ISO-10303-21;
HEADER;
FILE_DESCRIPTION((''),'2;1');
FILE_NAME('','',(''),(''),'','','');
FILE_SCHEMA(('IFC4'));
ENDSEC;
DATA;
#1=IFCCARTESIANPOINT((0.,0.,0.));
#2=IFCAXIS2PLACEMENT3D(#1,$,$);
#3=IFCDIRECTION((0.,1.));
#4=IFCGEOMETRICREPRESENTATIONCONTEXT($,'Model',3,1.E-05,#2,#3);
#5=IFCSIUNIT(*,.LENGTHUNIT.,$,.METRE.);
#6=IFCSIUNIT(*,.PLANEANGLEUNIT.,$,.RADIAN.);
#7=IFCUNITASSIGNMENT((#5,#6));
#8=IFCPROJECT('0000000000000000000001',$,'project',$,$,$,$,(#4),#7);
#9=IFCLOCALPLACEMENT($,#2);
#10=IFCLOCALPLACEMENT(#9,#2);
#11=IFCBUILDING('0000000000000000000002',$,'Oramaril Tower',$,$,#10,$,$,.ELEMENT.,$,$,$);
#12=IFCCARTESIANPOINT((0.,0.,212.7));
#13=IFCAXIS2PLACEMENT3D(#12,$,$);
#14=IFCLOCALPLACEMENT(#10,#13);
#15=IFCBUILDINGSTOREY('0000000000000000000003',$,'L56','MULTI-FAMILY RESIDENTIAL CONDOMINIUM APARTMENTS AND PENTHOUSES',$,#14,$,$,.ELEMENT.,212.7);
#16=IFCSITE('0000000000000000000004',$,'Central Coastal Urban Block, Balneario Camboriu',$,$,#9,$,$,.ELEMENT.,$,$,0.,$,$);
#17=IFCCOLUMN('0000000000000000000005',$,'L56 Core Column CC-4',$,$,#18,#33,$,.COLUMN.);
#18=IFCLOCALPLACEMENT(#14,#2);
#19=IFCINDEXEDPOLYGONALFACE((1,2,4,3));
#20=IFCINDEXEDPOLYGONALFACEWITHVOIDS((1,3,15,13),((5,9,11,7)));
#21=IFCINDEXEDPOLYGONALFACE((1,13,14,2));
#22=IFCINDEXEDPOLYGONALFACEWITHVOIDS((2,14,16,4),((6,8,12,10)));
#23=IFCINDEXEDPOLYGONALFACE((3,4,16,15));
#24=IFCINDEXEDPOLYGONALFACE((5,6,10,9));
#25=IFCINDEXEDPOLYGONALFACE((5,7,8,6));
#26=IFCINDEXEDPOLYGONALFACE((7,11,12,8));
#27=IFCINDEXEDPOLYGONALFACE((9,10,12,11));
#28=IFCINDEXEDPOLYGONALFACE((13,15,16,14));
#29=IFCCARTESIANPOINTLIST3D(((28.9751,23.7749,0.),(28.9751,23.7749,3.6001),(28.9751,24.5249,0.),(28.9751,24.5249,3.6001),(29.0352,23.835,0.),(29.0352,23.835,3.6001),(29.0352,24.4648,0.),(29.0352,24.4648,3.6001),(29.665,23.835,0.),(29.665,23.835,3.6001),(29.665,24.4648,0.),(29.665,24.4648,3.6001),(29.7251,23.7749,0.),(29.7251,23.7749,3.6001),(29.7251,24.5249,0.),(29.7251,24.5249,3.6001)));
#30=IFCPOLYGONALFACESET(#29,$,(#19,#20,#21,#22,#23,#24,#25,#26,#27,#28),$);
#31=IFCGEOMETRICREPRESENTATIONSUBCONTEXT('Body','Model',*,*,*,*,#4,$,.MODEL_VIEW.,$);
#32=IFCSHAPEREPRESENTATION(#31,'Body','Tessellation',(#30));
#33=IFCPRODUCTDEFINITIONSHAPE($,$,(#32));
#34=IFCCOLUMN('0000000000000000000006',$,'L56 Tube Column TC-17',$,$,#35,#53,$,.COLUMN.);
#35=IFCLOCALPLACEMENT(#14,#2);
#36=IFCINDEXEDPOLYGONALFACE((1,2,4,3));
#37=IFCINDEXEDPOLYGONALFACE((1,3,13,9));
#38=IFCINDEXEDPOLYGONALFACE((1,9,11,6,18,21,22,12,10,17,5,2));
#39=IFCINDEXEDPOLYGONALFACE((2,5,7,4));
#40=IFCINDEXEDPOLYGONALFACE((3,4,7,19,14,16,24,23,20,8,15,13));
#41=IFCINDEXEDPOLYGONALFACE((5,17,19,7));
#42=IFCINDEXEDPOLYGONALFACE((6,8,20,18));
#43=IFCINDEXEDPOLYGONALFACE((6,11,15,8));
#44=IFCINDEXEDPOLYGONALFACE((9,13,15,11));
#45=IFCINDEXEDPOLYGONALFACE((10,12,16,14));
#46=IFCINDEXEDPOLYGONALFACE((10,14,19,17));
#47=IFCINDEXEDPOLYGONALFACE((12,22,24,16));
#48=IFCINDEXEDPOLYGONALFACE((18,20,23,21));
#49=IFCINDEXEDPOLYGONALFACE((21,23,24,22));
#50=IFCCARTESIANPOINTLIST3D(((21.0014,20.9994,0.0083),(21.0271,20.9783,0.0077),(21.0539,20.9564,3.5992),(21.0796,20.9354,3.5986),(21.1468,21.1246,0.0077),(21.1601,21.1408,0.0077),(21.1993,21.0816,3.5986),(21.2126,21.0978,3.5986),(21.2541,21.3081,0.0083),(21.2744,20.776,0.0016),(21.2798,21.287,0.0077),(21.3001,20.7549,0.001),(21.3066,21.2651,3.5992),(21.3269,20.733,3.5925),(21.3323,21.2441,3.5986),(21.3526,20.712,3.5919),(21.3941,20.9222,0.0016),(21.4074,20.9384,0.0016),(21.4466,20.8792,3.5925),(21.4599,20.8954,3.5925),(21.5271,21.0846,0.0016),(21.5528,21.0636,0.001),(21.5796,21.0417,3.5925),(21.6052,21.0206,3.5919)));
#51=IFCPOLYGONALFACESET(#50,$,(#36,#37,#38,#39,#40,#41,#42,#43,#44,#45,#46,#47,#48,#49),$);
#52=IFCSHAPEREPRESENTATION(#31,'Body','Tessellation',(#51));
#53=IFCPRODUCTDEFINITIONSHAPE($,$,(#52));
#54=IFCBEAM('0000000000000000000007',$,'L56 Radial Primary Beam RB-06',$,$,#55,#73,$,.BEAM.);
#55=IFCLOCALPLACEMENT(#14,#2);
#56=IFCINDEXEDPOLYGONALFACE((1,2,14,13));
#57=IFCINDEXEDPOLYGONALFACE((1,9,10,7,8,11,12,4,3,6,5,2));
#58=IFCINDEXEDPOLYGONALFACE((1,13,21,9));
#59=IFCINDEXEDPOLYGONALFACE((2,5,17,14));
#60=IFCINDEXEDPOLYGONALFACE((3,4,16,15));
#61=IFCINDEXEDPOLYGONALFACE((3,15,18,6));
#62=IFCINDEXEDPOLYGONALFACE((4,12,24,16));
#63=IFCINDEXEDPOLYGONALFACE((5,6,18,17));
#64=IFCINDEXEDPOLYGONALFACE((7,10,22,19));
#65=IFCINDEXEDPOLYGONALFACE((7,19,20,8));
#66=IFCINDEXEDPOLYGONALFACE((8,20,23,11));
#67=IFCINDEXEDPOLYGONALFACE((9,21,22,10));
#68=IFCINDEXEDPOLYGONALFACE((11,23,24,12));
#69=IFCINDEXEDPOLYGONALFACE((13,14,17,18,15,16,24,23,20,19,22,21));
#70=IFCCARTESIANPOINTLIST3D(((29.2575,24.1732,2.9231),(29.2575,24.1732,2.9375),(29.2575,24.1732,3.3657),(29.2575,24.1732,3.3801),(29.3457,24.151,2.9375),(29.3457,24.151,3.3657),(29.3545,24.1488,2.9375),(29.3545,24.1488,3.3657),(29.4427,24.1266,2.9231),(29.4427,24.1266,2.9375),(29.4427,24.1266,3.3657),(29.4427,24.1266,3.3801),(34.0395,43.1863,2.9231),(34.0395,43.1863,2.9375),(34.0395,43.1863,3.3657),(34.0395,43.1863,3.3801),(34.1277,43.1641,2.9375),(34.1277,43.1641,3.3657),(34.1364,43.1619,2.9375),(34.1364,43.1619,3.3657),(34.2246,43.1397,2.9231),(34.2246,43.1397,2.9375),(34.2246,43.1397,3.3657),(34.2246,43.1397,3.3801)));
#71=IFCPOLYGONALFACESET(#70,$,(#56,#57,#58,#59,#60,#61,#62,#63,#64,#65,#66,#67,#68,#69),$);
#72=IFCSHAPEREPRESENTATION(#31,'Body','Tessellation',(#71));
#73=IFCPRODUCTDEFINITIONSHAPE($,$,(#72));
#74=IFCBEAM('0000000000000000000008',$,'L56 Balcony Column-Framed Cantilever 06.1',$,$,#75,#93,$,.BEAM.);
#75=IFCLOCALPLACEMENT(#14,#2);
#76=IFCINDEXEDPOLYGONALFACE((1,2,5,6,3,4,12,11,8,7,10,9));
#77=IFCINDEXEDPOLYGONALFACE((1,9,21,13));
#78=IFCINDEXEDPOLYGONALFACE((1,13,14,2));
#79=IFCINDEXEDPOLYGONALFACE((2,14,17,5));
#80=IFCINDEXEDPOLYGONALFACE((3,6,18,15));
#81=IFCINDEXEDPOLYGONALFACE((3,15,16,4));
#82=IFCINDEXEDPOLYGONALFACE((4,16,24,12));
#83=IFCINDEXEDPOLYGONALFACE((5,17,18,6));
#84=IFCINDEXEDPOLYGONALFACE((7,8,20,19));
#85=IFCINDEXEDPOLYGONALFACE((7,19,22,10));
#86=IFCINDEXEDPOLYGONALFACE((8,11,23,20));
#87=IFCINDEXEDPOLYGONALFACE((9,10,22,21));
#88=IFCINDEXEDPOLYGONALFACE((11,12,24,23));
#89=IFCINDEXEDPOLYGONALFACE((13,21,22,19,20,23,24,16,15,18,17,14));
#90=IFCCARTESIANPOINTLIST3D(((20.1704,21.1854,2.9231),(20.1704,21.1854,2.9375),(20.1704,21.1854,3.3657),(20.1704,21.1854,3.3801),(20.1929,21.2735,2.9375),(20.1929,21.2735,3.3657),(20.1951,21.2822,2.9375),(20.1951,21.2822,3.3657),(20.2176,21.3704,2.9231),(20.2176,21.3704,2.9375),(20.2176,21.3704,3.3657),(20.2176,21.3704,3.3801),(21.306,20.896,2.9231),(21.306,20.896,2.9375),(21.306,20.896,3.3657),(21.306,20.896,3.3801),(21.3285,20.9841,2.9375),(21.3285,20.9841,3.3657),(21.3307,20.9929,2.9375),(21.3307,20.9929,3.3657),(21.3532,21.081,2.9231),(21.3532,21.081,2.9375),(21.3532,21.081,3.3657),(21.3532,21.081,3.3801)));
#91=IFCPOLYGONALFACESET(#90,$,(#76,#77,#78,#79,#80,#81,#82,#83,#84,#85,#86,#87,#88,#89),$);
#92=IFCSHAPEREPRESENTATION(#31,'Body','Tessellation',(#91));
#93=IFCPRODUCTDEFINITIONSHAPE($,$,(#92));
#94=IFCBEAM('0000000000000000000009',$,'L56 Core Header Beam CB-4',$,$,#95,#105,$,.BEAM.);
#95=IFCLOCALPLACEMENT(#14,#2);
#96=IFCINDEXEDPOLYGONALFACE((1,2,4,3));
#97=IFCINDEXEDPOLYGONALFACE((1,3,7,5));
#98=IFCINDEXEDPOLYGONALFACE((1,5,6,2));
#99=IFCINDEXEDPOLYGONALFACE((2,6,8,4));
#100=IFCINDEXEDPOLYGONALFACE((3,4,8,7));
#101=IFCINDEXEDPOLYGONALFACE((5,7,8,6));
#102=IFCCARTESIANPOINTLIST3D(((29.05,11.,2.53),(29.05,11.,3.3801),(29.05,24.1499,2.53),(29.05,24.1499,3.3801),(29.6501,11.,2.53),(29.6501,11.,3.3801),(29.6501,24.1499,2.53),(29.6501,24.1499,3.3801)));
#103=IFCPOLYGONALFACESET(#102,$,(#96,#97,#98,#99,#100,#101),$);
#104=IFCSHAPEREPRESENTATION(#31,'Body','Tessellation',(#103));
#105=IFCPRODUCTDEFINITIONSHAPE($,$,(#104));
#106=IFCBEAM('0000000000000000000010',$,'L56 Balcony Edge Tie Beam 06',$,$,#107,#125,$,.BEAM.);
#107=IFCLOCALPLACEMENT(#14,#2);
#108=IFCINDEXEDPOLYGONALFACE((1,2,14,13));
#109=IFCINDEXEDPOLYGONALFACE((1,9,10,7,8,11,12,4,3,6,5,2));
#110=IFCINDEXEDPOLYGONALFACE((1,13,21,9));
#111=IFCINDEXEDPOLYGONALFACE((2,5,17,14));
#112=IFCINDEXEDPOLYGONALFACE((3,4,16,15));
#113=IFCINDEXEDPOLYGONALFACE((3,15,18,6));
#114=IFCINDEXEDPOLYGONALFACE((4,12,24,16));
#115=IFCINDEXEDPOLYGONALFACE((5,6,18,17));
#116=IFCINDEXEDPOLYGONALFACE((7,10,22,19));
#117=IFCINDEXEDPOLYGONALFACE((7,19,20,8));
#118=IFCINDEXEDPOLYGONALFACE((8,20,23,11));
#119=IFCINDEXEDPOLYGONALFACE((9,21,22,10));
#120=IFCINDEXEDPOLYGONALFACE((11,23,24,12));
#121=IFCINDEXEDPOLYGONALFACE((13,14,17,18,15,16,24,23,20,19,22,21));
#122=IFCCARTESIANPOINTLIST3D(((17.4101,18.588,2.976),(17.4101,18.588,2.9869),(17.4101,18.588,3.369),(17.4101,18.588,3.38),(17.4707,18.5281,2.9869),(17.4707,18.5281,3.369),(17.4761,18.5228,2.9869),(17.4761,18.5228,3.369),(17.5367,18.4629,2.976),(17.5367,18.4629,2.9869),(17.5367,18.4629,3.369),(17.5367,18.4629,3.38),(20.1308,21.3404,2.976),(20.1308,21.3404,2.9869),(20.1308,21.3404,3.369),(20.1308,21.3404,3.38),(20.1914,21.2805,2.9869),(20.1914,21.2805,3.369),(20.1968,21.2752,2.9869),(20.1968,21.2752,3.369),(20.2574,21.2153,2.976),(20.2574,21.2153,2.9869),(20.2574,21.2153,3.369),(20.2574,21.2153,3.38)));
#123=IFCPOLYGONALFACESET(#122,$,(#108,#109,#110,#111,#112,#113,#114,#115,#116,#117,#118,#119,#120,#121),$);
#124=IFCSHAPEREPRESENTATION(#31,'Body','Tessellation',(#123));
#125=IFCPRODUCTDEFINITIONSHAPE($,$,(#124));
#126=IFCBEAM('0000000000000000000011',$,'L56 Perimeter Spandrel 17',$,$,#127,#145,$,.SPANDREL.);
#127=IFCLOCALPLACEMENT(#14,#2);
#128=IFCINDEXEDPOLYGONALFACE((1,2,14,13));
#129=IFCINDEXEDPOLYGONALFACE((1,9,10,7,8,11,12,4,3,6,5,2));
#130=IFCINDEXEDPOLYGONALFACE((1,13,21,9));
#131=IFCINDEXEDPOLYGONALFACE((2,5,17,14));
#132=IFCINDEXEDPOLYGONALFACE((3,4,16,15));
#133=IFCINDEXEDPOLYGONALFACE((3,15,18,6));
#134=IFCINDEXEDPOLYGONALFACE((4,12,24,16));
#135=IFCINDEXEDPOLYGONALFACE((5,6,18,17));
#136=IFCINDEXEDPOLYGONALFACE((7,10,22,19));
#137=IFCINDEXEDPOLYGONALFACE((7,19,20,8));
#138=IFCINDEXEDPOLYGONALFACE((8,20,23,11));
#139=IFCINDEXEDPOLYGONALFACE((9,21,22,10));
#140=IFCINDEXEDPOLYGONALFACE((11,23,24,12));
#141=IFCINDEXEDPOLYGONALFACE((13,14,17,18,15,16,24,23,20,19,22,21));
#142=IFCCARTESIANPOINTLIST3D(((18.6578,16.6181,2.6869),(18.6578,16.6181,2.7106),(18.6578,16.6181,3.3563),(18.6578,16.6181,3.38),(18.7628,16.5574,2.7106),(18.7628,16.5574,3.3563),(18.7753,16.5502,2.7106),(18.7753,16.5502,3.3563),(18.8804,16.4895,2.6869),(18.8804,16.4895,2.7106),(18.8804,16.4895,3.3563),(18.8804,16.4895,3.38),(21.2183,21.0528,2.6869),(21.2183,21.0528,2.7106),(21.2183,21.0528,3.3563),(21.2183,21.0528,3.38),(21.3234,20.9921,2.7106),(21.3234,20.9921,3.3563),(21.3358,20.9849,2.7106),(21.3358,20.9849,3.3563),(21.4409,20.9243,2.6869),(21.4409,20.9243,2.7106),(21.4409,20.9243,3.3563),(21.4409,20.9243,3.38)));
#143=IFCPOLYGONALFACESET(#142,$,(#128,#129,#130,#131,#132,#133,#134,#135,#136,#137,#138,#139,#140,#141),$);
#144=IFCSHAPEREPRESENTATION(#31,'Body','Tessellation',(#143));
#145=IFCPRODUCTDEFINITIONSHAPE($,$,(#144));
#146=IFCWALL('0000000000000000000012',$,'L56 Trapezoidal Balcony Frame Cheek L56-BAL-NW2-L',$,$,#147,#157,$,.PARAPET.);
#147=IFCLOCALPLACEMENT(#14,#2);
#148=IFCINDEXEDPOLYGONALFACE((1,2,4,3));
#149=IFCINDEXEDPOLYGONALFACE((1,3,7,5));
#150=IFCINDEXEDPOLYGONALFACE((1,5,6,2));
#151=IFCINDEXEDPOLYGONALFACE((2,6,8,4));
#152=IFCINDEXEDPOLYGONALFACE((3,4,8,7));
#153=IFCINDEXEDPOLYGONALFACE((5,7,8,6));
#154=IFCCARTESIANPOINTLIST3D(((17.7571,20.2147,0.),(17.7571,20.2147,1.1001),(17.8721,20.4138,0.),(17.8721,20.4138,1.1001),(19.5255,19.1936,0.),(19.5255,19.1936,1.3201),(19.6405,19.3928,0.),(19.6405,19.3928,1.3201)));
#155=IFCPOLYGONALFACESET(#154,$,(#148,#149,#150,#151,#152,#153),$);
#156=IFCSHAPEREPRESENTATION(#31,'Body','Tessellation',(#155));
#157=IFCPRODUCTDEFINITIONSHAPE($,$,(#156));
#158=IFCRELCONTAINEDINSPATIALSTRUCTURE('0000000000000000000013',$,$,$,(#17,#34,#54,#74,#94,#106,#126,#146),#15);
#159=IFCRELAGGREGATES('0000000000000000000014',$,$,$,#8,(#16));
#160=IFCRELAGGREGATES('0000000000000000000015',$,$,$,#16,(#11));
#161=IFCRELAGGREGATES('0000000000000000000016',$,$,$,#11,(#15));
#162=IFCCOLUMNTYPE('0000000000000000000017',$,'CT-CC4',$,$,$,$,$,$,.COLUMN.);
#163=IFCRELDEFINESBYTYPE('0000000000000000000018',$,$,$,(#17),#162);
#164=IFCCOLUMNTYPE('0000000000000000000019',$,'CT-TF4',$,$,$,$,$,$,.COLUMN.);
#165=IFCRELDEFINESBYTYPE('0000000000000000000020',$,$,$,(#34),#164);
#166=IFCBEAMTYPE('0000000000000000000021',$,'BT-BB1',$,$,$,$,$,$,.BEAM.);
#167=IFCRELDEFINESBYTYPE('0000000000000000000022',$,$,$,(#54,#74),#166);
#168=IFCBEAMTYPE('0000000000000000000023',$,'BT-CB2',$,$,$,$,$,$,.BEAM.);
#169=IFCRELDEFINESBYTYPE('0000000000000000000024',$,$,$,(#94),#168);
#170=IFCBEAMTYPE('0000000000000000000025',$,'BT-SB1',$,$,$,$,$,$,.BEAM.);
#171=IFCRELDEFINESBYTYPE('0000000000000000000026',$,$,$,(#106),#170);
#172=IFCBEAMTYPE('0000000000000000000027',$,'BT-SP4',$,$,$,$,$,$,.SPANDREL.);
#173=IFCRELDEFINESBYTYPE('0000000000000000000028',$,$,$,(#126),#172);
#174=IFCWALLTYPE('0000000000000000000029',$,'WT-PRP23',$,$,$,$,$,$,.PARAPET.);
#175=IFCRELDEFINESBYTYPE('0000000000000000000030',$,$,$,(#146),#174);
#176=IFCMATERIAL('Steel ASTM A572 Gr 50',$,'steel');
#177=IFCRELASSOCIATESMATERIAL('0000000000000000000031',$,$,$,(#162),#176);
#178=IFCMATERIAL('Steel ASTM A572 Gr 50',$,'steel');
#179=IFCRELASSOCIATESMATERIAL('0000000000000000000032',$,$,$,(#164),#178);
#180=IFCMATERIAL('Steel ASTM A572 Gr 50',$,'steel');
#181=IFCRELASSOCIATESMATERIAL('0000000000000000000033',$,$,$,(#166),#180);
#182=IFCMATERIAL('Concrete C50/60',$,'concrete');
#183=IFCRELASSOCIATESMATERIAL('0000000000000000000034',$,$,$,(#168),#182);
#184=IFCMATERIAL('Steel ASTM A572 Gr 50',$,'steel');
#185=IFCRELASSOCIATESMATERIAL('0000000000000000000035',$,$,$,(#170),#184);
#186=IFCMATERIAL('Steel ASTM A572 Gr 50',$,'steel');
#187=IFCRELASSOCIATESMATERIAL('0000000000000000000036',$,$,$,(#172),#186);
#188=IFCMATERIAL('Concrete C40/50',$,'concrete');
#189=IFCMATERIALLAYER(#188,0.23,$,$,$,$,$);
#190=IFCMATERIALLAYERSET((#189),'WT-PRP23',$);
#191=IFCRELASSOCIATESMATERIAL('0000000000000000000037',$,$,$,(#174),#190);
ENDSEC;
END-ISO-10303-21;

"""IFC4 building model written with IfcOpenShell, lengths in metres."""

from ifc_helpers import new_model, si_unit, direction, frame, origin, origin_2d, place, context, subcontext, project, spatial, polyline, rectangle, hollow_rectangle, i_section, outline, extrude, material, layer, layer_set, material_profile, profile_set, type_object, element, save


model = new_model("IFC4")

# Units and contexts
model_context = context("Model", 3, precision=1e-05, world=origin(), true_north=direction((0.0, 1.0)))
body_context = subcontext(model_context, "Body", "Model", "MODEL_VIEW")
ifc_project = project(units=[si_unit("LENGTHUNIT", "METRE"), si_unit("PLANEANGLEUNIT", "RADIAN")], contexts=[model_context])

# Site, building, storey
site_placement = place(None, origin())
site = spatial("IfcSite", under=ifc_project, at=site_placement, Name="Central Coastal Urban Block, Balneario Camboriu", CompositionType="ELEMENT", RefElevation=0.0)
building_placement = place(site_placement, origin())
building = spatial("IfcBuilding", under=site, at=building_placement, Name="Oramaril Tower", CompositionType="ELEMENT")
storey_placement = place(building_placement, frame((0.0, 0.0, 212.7)))
storey = spatial("IfcBuildingStorey", under=building, at=storey_placement, Name="L56", Description="MULTI-FAMILY RESIDENTIAL CONDOMINIUM APARTMENTS AND PENTHOUSES", CompositionType="ELEMENT", Elevation=212.7)

# Columns
ifc_material_1 = material(Name="Steel ASTM A572 Gr 50", Category="steel")
ifc_material_profile_1 = material_profile(ifc_material_1, hollow_rectangle(XDim=0.75, YDim=0.75, WallThickness=0.0601, at=origin_2d()), Name="BOX750X750X60")
ifc_profile_set_1 = profile_set([ifc_material_profile_1], Name="Steel ASTM A572 Gr 50")
column_type_1 = type_object("IfcColumnType", Name="CT-CC4", PredefinedType="COLUMN", material=ifc_profile_set_1)
column_1_placement = place(storey_placement, frame((29.3501, 24.1499, 0.0), z_axis=(0.0, 0.0, 1.0), x_axis=(1.0, 0.0, 0.0)))
element("IfcColumn", 1, at=column_1_placement, inside=storey, type_object=column_type_1, Name="L56 Core Column CC-4", PredefinedType="COLUMN", context=body_context, shape_type="SweptSolid", body=[
    extrude(hollow_rectangle(XDim=0.75, YDim=0.75, WallThickness=0.0601, at=origin_2d()), origin(), (0.0, 0.0, 1.0), 3.6001),
])
ifc_material_2 = material(Name="Steel ASTM A572 Gr 50", Category="steel")
ifc_material_profile_2 = material_profile(ifc_material_2, i_section(OverallWidth=0.3989, OverallDepth=0.386, WebThickness=0.021, FlangeThickness=0.0332, at=origin_2d()), Name="W14X176")
ifc_profile_set_2 = profile_set([ifc_material_profile_2], Name="Steel ASTM A572 Gr 50")
column_type_2 = type_object("IfcColumnType", Name="CT-TF4", PredefinedType="COLUMN", material=ifc_profile_set_2)
column_2_placement = place(storey_placement, frame((21.2771, 21.0315, 0.0046), z_axis=(0.014615, -0.011964, 0.999822), x_axis=(0.633434, 0.773797, 0.0)))
element("IfcColumn", 2, at=column_2_placement, inside=storey, type_object=column_type_2, Name="L56 Tube Column TC-17", PredefinedType="COLUMN", context=body_context, shape_type="SweptSolid", body=[
    extrude(i_section(OverallWidth=0.3989, OverallDepth=0.386, WebThickness=0.021, FlangeThickness=0.0332, at=origin_2d()), origin(), (0.0, 0.0, 1.0), 3.5916),
])

# Beams
ifc_material_3 = material(Name="Steel ASTM A572 Gr 50", Category="steel")
ifc_material_profile_3 = material_profile(ifc_material_3, i_section(OverallWidth=0.1909, OverallDepth=0.457, WebThickness=0.009, FlangeThickness=0.0144, at=origin_2d()), Name="W18X50")
ifc_profile_set_3 = profile_set([ifc_material_profile_3], Name="Steel ASTM A572 Gr 50")
beam_type_1 = type_object("IfcBeamType", Name="BT-BB1", PredefinedType="BEAM", material=ifc_profile_set_3)
beam_1_placement = place(storey_placement, frame((29.3501, 24.1499, 3.1516), z_axis=(0.243913, 0.969797, 0.0), x_axis=(-0.969797, 0.243913, 0.0)))
element("IfcBeam", 3, at=beam_1_placement, inside=storey, type_object=beam_type_1, Name="L56 Radial Primary Beam RB-06", PredefinedType="BEAM", context=body_context, shape_type="SweptSolid", body=[
    extrude(i_section(OverallWidth=0.1909, OverallDepth=0.457, WebThickness=0.009, FlangeThickness=0.0144, at=origin_2d()), origin(), (0.0, 0.0, 1.0), 19.6052),
])
beam_2_placement = place(storey_placement, frame((21.3296, 20.9885, 3.1516), z_axis=(-0.969042, 0.246896, 0.0), x_axis=(-0.246896, -0.969042, 0.0)))
element("IfcBeam", 4, at=beam_2_placement, inside=storey, type_object=beam_type_1, Name="L56 Balcony Column-Framed Cantilever 06.1", PredefinedType="BEAM", context=body_context, shape_type="SweptSolid", body=[
    extrude(i_section(OverallWidth=0.1909, OverallDepth=0.457, WebThickness=0.009, FlangeThickness=0.0144, at=origin_2d()), origin(), (0.0, 0.0, 1.0), 1.1719),
])
ifc_material_4 = material(Name="Concrete C50/60", Category="concrete")
ifc_material_profile_4 = material_profile(ifc_material_4, rectangle(XDim=0.6001, YDim=0.8501, at=origin_2d()), Name="CB600X850")
ifc_profile_set_4 = profile_set([ifc_material_profile_4], Name="Concrete C50/60")
beam_type_2 = type_object("IfcBeamType", Name="BT-CB2", PredefinedType="BEAM", material=ifc_profile_set_4)
beam_3_placement = place(storey_placement, frame((29.3501, 24.1499, 2.9551), z_axis=(0.0, -1.0, 0.0), x_axis=(1.0, 0.0, 0.0)))
element("IfcBeam", 5, at=beam_3_placement, inside=storey, type_object=beam_type_2, Name="L56 Core Header Beam CB-4", PredefinedType="BEAM", context=body_context, shape_type="SweptSolid", body=[
    extrude(rectangle(XDim=0.6001, YDim=0.8501, at=origin_2d()), origin(), (0.0, 0.0, 1.0), 13.1499),
])
ifc_material_5 = material(Name="Steel ASTM A572 Gr 50", Category="steel")
ifc_material_profile_5 = material_profile(ifc_material_5, i_section(OverallWidth=0.178, OverallDepth=0.4041, WebThickness=0.0076, FlangeThickness=0.011, at=origin_2d()), Name="W16X36")
ifc_profile_set_5 = profile_set([ifc_material_profile_5], Name="Steel ASTM A572 Gr 50")
beam_type_3 = type_object("IfcBeamType", Name="BT-SB1", PredefinedType="BEAM", material=ifc_profile_set_5)
beam_4_placement = place(storey_placement, frame((20.1941, 21.2778, 3.178), z_axis=(-0.702995, -0.711195, 0.0), x_axis=(0.711195, -0.702995, 0.0)))
element("IfcBeam", 6, at=beam_4_placement, inside=storey, type_object=beam_type_3, Name="L56 Balcony Edge Tie Beam 06", PredefinedType="BEAM", context=body_context, shape_type="SweptSolid", body=[
    extrude(i_section(OverallWidth=0.178, OverallDepth=0.4041, WebThickness=0.0076, FlangeThickness=0.011, at=origin_2d()), origin(), (0.0, 0.0, 1.0), 3.8701),
])
ifc_material_6 = material(Name="Steel ASTM A572 Gr 50", Category="steel")
ifc_material_profile_6 = material_profile(ifc_material_6, i_section(OverallWidth=0.2571, OverallDepth=0.6931, WebThickness=0.0144, FlangeThickness=0.0237, at=origin_2d()), Name="W27X114")
ifc_profile_set_6 = profile_set([ifc_material_profile_6], Name="Steel ASTM A572 Gr 50")
beam_type_4 = type_object("IfcBeamType", Name="BT-SP4", PredefinedType="SPANDREL", material=ifc_profile_set_6)
beam_5_placement = place(storey_placement, frame((21.3296, 20.9885, 3.0334), z_axis=(-0.500015, -0.866016, 0.0), x_axis=(0.866016, -0.500015, 0.0)))
element("IfcBeam", 7, at=beam_5_placement, inside=storey, type_object=beam_type_4, Name="L56 Perimeter Spandrel 17", PredefinedType="SPANDREL", context=body_context, shape_type="SweptSolid", body=[
    extrude(i_section(OverallWidth=0.2571, OverallDepth=0.6931, WebThickness=0.0144, FlangeThickness=0.0237, at=origin_2d()), origin(), (0.0, 0.0, 1.0), 5.1208),
])

# Wall
ifc_material_7 = material(Name="Concrete C40/50", Category="concrete")
ifc_layer_1 = layer(ifc_material_7, 0.23)
ifc_layer_set_1 = layer_set([ifc_layer_1], Name="WT-PRP23")
wall_type_1 = type_object("IfcWallType", Name="WT-PRP23", PredefinedType="PARAPET", material=ifc_layer_set_1)
wall_1_placement = place(storey_placement, frame((19.583, 19.2932, 0.0), z_axis=(0.0, 0.0, 1.0), x_axis=(-0.866012, 0.500023, 0.0)))
element("IfcWall", 8, at=wall_1_placement, inside=storey, type_object=wall_type_1, Name="L56 Trapezoidal Balcony Frame Cheek L56-BAL-NW2-L", PredefinedType="PARAPET", context=body_context, shape_type="SweptSolid", body=[
    extrude(outline(polyline([(0.0, 0.0), (2.042, 0.0), (2.042, 1.1001), (0.0, 1.3201), (0.0, 0.0)])), frame((0.0, 0.115, 0.0), z_axis=(0.0, -1.0, 0.0), x_axis=(1.0, 0.0, 0.0)), (0.0, 0.0, 1.0), 0.23),
])

save(model, "model.ifc")
